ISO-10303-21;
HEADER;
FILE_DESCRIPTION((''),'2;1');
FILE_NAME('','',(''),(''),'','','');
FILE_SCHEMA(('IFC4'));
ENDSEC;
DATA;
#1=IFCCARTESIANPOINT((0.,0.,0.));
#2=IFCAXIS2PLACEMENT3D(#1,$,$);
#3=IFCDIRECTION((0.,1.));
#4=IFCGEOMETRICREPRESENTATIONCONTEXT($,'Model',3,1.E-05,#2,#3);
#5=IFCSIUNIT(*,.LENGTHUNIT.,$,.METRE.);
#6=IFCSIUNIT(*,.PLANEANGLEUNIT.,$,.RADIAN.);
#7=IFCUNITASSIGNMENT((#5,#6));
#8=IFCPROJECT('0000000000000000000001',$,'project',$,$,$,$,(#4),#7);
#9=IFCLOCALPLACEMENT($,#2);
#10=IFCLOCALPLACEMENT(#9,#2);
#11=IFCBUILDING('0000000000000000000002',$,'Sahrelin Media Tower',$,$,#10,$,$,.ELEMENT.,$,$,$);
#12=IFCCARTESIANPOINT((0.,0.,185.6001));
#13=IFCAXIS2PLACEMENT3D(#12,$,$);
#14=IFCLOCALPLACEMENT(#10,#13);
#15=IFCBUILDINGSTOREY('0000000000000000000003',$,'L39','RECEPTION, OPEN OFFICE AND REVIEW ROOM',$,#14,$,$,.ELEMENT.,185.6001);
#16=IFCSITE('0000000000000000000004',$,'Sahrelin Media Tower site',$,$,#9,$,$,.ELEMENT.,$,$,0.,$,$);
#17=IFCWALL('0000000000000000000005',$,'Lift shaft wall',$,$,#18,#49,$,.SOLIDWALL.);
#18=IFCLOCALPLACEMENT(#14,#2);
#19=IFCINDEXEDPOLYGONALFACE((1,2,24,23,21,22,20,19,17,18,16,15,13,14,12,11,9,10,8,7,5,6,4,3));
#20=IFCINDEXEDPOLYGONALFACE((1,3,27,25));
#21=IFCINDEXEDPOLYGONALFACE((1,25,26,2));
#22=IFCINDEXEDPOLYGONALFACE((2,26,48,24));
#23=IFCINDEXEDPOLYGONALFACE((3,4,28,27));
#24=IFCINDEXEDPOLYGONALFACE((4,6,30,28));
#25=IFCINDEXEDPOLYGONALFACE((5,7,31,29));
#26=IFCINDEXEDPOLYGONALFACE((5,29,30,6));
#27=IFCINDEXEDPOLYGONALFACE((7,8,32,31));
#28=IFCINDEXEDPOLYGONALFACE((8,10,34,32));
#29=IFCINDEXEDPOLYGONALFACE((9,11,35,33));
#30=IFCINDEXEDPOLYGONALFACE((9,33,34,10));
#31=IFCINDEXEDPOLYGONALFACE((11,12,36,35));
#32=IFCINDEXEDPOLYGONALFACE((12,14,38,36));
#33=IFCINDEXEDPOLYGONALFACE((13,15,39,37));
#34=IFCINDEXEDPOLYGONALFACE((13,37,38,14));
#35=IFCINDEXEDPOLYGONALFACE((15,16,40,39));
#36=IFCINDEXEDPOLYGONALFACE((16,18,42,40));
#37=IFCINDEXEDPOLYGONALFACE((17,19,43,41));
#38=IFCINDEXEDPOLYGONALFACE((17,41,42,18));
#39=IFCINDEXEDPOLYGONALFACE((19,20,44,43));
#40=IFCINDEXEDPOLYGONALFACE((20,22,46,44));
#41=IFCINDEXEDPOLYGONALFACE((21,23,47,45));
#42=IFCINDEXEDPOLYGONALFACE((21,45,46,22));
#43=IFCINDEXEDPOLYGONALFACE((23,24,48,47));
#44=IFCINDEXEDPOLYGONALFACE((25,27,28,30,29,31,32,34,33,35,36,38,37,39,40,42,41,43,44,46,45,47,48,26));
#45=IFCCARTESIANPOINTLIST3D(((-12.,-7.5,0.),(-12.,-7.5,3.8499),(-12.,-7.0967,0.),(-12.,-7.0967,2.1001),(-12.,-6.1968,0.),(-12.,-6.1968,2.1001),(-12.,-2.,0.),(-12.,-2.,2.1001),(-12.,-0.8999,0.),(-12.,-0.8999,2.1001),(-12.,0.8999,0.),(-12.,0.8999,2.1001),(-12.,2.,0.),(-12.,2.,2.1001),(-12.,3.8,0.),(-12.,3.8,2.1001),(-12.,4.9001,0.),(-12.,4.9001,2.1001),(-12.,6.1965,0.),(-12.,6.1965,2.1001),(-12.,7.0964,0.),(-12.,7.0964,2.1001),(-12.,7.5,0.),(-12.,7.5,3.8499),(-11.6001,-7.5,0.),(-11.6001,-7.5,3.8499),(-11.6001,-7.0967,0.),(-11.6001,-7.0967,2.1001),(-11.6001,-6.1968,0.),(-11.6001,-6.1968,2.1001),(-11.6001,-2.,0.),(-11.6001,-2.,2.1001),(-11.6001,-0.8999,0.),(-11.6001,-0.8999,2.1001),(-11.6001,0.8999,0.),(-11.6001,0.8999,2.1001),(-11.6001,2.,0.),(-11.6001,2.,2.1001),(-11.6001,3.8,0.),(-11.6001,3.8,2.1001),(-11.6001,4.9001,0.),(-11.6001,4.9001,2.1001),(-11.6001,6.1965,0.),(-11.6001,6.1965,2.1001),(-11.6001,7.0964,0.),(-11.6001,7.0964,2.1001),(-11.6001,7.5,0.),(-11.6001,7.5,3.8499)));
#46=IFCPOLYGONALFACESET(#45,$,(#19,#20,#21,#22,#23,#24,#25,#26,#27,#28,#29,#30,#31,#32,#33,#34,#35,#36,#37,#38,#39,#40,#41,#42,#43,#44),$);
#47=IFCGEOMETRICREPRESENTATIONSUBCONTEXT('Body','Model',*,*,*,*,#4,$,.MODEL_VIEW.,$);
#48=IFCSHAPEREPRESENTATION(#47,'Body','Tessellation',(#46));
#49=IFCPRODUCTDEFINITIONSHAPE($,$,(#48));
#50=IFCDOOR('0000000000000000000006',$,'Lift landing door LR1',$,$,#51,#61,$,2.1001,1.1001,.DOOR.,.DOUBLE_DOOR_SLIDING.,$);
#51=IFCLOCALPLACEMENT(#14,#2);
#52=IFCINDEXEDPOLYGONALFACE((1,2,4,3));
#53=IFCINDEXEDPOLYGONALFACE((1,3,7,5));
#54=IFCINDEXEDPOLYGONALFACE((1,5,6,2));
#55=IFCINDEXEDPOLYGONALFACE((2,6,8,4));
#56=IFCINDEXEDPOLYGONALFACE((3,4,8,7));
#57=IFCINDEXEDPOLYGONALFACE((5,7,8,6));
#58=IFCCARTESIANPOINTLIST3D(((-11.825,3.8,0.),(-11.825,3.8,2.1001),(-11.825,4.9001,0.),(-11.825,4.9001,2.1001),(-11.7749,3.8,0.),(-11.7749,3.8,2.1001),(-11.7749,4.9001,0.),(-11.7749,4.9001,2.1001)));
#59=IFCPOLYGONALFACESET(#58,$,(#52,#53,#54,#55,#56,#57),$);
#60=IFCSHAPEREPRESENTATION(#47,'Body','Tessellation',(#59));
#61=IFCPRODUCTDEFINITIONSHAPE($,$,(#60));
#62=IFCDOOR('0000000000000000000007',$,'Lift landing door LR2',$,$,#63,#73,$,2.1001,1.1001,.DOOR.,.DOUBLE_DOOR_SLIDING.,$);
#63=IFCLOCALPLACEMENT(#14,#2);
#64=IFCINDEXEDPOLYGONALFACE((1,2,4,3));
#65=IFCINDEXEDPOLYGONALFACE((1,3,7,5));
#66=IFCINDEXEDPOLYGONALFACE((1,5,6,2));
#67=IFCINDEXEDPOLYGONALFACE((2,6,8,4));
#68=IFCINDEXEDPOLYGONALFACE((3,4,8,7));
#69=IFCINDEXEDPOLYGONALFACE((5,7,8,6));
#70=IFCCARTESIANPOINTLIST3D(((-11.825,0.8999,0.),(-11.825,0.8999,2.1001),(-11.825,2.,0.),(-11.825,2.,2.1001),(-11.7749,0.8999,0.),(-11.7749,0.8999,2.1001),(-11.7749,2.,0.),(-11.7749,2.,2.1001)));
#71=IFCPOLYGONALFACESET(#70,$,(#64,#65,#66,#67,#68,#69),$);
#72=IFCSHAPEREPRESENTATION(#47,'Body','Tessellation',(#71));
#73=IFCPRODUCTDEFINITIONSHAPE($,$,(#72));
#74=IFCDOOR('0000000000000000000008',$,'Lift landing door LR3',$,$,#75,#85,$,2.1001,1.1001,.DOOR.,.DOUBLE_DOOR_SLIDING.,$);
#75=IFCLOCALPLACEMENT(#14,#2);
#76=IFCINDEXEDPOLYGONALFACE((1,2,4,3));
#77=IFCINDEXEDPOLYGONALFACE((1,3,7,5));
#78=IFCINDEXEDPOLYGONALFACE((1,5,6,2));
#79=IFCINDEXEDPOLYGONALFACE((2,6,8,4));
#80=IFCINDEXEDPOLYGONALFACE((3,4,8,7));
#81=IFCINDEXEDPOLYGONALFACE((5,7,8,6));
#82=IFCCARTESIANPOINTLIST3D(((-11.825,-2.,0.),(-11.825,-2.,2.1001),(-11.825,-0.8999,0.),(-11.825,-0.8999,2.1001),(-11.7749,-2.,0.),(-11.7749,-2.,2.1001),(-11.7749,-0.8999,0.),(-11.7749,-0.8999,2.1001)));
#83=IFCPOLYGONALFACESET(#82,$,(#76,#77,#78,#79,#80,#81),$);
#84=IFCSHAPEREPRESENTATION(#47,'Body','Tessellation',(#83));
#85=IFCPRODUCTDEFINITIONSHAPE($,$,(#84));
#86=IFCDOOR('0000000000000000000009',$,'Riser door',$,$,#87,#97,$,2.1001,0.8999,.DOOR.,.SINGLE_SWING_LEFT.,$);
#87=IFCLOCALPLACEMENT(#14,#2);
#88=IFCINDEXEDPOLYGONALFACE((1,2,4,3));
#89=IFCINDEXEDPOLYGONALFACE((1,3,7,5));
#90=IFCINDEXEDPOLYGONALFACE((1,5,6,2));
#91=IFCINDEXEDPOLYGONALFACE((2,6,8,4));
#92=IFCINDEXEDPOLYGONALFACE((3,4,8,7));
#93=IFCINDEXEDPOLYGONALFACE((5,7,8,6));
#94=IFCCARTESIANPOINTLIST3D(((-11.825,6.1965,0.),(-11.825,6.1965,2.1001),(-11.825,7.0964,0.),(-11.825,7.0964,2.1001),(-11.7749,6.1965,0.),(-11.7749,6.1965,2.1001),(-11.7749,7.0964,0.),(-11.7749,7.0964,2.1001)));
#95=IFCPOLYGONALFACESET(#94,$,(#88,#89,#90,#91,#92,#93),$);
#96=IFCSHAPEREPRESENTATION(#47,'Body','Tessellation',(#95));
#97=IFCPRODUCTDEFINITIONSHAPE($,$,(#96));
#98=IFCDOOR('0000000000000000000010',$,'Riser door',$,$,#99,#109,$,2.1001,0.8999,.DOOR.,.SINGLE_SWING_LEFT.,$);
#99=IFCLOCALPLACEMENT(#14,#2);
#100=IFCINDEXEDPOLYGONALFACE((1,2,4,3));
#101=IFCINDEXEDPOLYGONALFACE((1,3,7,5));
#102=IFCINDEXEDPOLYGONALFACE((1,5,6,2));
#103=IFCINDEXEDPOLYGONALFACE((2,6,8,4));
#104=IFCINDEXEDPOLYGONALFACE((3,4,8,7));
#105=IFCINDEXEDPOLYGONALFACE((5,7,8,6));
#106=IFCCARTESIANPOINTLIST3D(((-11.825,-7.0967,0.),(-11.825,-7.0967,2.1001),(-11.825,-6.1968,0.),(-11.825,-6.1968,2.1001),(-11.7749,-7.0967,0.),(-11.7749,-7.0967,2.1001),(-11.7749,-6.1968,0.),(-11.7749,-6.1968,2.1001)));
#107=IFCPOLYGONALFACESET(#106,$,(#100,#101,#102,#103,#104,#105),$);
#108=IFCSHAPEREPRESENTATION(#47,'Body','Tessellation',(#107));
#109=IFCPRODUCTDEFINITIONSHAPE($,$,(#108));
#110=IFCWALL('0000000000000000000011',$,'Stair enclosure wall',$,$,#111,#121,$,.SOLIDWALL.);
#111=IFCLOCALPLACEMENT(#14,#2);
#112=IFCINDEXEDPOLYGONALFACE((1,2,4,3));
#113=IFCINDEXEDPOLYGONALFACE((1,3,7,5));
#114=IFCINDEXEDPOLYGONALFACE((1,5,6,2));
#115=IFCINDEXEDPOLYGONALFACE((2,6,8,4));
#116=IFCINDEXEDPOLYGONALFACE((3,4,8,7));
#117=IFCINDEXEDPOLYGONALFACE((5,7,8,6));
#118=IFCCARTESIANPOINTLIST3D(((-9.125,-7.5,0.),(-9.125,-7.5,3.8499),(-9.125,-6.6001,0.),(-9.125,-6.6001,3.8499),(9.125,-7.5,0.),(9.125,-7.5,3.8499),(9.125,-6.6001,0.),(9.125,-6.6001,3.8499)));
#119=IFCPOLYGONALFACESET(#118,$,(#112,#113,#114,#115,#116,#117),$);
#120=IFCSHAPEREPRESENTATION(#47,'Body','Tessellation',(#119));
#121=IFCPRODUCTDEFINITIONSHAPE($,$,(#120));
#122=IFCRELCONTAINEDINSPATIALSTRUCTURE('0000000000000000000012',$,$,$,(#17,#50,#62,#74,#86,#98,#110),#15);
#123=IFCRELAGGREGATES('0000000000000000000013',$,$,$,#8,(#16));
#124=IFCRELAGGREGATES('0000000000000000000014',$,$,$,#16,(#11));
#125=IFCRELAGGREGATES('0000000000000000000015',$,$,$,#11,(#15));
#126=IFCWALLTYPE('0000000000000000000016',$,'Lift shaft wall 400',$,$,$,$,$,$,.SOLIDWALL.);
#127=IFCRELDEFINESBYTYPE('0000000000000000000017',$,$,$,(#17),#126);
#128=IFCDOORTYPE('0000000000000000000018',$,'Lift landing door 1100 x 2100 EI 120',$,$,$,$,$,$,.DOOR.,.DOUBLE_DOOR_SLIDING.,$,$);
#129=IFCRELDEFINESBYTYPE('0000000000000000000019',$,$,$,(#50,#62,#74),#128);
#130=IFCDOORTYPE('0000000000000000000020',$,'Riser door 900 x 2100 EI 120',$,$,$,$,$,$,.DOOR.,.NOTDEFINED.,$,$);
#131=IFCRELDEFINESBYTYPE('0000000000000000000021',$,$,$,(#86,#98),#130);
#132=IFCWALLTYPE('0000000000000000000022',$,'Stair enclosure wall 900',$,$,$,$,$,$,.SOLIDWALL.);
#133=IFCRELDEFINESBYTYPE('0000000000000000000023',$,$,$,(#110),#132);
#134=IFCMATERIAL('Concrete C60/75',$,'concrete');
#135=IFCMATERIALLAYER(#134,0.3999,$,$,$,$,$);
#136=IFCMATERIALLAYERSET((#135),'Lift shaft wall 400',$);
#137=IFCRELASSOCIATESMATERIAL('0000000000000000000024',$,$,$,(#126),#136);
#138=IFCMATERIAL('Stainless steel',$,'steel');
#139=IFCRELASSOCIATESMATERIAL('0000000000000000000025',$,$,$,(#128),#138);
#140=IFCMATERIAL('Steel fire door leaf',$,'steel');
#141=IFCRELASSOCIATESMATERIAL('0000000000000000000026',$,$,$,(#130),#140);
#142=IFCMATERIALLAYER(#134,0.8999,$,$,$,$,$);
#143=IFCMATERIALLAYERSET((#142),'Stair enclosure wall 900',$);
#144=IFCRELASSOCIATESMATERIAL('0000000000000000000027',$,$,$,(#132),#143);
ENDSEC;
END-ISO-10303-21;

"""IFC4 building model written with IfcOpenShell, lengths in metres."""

from ifc_helpers import new_model, si_unit, direction, frame, frame_2d, origin, place, context, subcontext, project, spatial, rectangle, extrude, material, layer, layer_set, type_object, element, fill, save


model = new_model("IFC4")

# Units and contexts
model_context = context("Model", 3, precision=1e-05, world=origin(), true_north=direction((0.0, 1.0)))
body_context = subcontext(model_context, "Body", "Model", "MODEL_VIEW")
ifc_project = project(units=[si_unit("LENGTHUNIT", "METRE"), si_unit("PLANEANGLEUNIT", "RADIAN")], contexts=[model_context])

# Site, building, storey
site_placement = place(None, origin())
site = spatial("IfcSite", under=ifc_project, at=site_placement, Name="Sahrelin Media Tower site", CompositionType="ELEMENT", RefElevation=0.0)
building_placement = place(site_placement, origin())
building = spatial("IfcBuilding", under=site, at=building_placement, Name="Sahrelin Media Tower", CompositionType="ELEMENT")
storey_placement = place(building_placement, frame((0.0, 0.0, 185.6001)))
storey = spatial("IfcBuildingStorey", under=building, at=storey_placement, Name="L39", Description="RECEPTION, OPEN OFFICE AND REVIEW ROOM", CompositionType="ELEMENT", Elevation=185.6001)

# Shared definitions
ifc_material_1 = material(Name="Concrete C60/75", Category="concrete")
ifc_material_2 = material(Name="Steel fire door leaf", Category="steel")

# Wall, openings, doors
ifc_material_3 = material(Name="Stainless steel", Category="steel")
ifc_layer_1 = layer(ifc_material_1, 0.3999)
ifc_layer_set_1 = layer_set([ifc_layer_1], Name="Lift shaft wall 400")
wall_type_1 = type_object("IfcWallType", Name="Lift shaft wall 400", PredefinedType="SOLIDWALL", material=ifc_layer_set_1)
wall_1_placement = place(storey_placement, frame((-11.8, -7.5, 0.0), z_axis=(0.0, 0.0, 1.0), x_axis=(0.0, 1.0, 0.0)))
wall_1 = element("IfcWall", 1, at=wall_1_placement, inside=storey, type_object=wall_type_1, Name="Lift shaft wall", PredefinedType="SOLIDWALL", context=body_context, shape_type="SweptSolid", body=[
    extrude(rectangle(XDim=15.0, YDim=0.3999, at=frame_2d((7.5, 0.0))), origin(), (0.0, 0.0, 1.0), 3.8499),
])
opening_1_placement = place(wall_1_placement, frame((11.3, 0.0, 0.0)))
opening_1 = element("IfcOpeningElement", 2, at=opening_1_placement, cuts=wall_1, PredefinedType="OPENING", context=body_context, shape_type="SweptSolid", body=[
    extrude(rectangle(XDim=1.1001, YDim=2.1001, at=frame_2d((0.55, 1.05))), frame((0.0, 0.2, 0.0), z_axis=(0.0, -1.0, 0.0), x_axis=(1.0, 0.0, 0.0)), (0.0, 0.0, 1.0), 0.3999),
])
opening_2_placement = place(wall_1_placement, frame((8.3999, 0.0, 0.0)))
opening_2 = element("IfcOpeningElement", 3, at=opening_2_placement, cuts=wall_1, PredefinedType="OPENING", context=body_context, shape_type="SweptSolid", body=[
    extrude(rectangle(XDim=1.1001, YDim=2.1001, at=frame_2d((0.55, 1.05))), frame((0.0, 0.2, 0.0), z_axis=(0.0, -1.0, 0.0), x_axis=(1.0, 0.0, 0.0)), (0.0, 0.0, 1.0), 0.3999),
])
opening_3_placement = place(wall_1_placement, frame((5.5, 0.0, 0.0)))
opening_3 = element("IfcOpeningElement", 4, at=opening_3_placement, cuts=wall_1, PredefinedType="OPENING", context=body_context, shape_type="SweptSolid", body=[
    extrude(rectangle(XDim=1.1001, YDim=2.1001, at=frame_2d((0.55, 1.05))), frame((0.0, 0.2, 0.0), z_axis=(0.0, -1.0, 0.0), x_axis=(1.0, 0.0, 0.0)), (0.0, 0.0, 1.0), 0.3999),
])
opening_4_placement = place(wall_1_placement, frame((13.6965, 0.0, 0.0)))
opening_4 = element("IfcOpeningElement", 5, at=opening_4_placement, cuts=wall_1, PredefinedType="OPENING", context=body_context, shape_type="SweptSolid", body=[
    extrude(rectangle(XDim=0.8999, YDim=2.1001, at=frame_2d((0.45, 1.05))), frame((0.0, 0.2, 0.0), z_axis=(0.0, -1.0, 0.0), x_axis=(1.0, 0.0, 0.0)), (0.0, 0.0, 1.0), 0.3999),
])
opening_5_placement = place(wall_1_placement, frame((0.4033, 0.0, 0.0)))
opening_5 = element("IfcOpeningElement", 6, at=opening_5_placement, cuts=wall_1, PredefinedType="OPENING", context=body_context, shape_type="SweptSolid", body=[
    extrude(rectangle(XDim=0.8999, YDim=2.1001, at=frame_2d((0.45, 1.05))), frame((0.0, 0.2, 0.0), z_axis=(0.0, -1.0, 0.0), x_axis=(1.0, 0.0, 0.0)), (0.0, 0.0, 1.0), 0.3999),
])
door_type_1 = type_object("IfcDoorType", Name="Lift landing door 1100 x 2100 EI 120", OperationType="DOUBLE_DOOR_SLIDING", PredefinedType="DOOR", material=ifc_material_3)
door_1_placement = place(opening_1_placement, origin())
door_1 = element("IfcDoor", 7, at=door_1_placement, inside=storey, type_object=door_type_1, Name="Lift landing door LR1", OperationType="DOUBLE_DOOR_SLIDING", OverallHeight=2.1001, OverallWidth=1.1001, PredefinedType="DOOR", context=body_context, shape_type="SweptSolid", body=[
    extrude(rectangle(XDim=1.1001, YDim=2.1001, at=frame_2d((0.55, 1.05))), frame((0.0, 0.0249, 0.0), z_axis=(0.0, -1.0, 0.0), x_axis=(1.0, 0.0, 0.0)), (0.0, 0.0, 1.0), 0.05),
])
fill(opening_1, door_1)
door_2_placement = place(opening_2_placement, origin())
door_2 = element("IfcDoor", 8, at=door_2_placement, inside=storey, type_object=door_type_1, Name="Lift landing door LR2", OperationType="DOUBLE_DOOR_SLIDING", OverallHeight=2.1001, OverallWidth=1.1001, PredefinedType="DOOR", context=body_context, shape_type="SweptSolid", body=[
    extrude(rectangle(XDim=1.1001, YDim=2.1001, at=frame_2d((0.55, 1.05))), frame((0.0, 0.0249, 0.0), z_axis=(0.0, -1.0, 0.0), x_axis=(1.0, 0.0, 0.0)), (0.0, 0.0, 1.0), 0.05),
])
fill(opening_2, door_2)
door_3_placement = place(opening_3_placement, origin())
door_3 = element("IfcDoor", 9, at=door_3_placement, inside=storey, type_object=door_type_1, Name="Lift landing door LR3", OperationType="DOUBLE_DOOR_SLIDING", OverallHeight=2.1001, OverallWidth=1.1001, PredefinedType="DOOR", context=body_context, shape_type="SweptSolid", body=[
    extrude(rectangle(XDim=1.1001, YDim=2.1001, at=frame_2d((0.55, 1.05))), frame((0.0, 0.0249, 0.0), z_axis=(0.0, -1.0, 0.0), x_axis=(1.0, 0.0, 0.0)), (0.0, 0.0, 1.0), 0.05),
])
fill(opening_3, door_3)
door_type_2 = type_object("IfcDoorType", Name="Riser door 900 x 2100 EI 120", OperationType="NOTDEFINED", PredefinedType="DOOR", material=ifc_material_2)
door_4_placement = place(opening_4_placement, origin())
door_4 = element("IfcDoor", 10, at=door_4_placement, inside=storey, type_object=door_type_2, Name="Riser door", OperationType="SINGLE_SWING_LEFT", OverallHeight=2.1001, OverallWidth=0.8999, PredefinedType="DOOR", context=body_context, shape_type="SweptSolid", body=[
    extrude(rectangle(XDim=0.8999, YDim=2.1001, at=frame_2d((0.45, 1.05))), frame((0.0, 0.0249, 0.0), z_axis=(0.0, -1.0, 0.0), x_axis=(1.0, 0.0, 0.0)), (0.0, 0.0, 1.0), 0.05),
])
fill(opening_4, door_4)
door_5_placement = place(opening_5_placement, origin())
door_5 = element("IfcDoor", 11, at=door_5_placement, inside=storey, type_object=door_type_2, Name="Riser door", OperationType="SINGLE_SWING_LEFT", OverallHeight=2.1001, OverallWidth=0.8999, PredefinedType="DOOR", context=body_context, shape_type="SweptSolid", body=[
    extrude(rectangle(XDim=0.8999, YDim=2.1001, at=frame_2d((0.45, 1.05))), frame((0.0, 0.0249, 0.0), z_axis=(0.0, -1.0, 0.0), x_axis=(1.0, 0.0, 0.0)), (0.0, 0.0, 1.0), 0.05),
])
fill(opening_5, door_5)

# Wall
ifc_layer_2 = layer(ifc_material_1, 0.8999)
ifc_layer_set_2 = layer_set([ifc_layer_2], Name="Stair enclosure wall 900")
wall_type_2 = type_object("IfcWallType", Name="Stair enclosure wall 900", PredefinedType="SOLIDWALL", material=ifc_layer_set_2)
wall_2_placement = place(storey_placement, frame((-9.125, -7.05, 0.0), z_axis=(0.0, 0.0, 1.0), x_axis=(1.0, 0.0, 0.0)))
element("IfcWall", 12, at=wall_2_placement, inside=storey, type_object=wall_type_2, Name="Stair enclosure wall", PredefinedType="SOLIDWALL", context=body_context, shape_type="SweptSolid", body=[
    extrude(rectangle(XDim=18.25, YDim=0.8999, at=frame_2d((9.125, 0.0))), origin(), (0.0, 0.0, 1.0), 3.8499),
])

save(model, "model.ifc")
